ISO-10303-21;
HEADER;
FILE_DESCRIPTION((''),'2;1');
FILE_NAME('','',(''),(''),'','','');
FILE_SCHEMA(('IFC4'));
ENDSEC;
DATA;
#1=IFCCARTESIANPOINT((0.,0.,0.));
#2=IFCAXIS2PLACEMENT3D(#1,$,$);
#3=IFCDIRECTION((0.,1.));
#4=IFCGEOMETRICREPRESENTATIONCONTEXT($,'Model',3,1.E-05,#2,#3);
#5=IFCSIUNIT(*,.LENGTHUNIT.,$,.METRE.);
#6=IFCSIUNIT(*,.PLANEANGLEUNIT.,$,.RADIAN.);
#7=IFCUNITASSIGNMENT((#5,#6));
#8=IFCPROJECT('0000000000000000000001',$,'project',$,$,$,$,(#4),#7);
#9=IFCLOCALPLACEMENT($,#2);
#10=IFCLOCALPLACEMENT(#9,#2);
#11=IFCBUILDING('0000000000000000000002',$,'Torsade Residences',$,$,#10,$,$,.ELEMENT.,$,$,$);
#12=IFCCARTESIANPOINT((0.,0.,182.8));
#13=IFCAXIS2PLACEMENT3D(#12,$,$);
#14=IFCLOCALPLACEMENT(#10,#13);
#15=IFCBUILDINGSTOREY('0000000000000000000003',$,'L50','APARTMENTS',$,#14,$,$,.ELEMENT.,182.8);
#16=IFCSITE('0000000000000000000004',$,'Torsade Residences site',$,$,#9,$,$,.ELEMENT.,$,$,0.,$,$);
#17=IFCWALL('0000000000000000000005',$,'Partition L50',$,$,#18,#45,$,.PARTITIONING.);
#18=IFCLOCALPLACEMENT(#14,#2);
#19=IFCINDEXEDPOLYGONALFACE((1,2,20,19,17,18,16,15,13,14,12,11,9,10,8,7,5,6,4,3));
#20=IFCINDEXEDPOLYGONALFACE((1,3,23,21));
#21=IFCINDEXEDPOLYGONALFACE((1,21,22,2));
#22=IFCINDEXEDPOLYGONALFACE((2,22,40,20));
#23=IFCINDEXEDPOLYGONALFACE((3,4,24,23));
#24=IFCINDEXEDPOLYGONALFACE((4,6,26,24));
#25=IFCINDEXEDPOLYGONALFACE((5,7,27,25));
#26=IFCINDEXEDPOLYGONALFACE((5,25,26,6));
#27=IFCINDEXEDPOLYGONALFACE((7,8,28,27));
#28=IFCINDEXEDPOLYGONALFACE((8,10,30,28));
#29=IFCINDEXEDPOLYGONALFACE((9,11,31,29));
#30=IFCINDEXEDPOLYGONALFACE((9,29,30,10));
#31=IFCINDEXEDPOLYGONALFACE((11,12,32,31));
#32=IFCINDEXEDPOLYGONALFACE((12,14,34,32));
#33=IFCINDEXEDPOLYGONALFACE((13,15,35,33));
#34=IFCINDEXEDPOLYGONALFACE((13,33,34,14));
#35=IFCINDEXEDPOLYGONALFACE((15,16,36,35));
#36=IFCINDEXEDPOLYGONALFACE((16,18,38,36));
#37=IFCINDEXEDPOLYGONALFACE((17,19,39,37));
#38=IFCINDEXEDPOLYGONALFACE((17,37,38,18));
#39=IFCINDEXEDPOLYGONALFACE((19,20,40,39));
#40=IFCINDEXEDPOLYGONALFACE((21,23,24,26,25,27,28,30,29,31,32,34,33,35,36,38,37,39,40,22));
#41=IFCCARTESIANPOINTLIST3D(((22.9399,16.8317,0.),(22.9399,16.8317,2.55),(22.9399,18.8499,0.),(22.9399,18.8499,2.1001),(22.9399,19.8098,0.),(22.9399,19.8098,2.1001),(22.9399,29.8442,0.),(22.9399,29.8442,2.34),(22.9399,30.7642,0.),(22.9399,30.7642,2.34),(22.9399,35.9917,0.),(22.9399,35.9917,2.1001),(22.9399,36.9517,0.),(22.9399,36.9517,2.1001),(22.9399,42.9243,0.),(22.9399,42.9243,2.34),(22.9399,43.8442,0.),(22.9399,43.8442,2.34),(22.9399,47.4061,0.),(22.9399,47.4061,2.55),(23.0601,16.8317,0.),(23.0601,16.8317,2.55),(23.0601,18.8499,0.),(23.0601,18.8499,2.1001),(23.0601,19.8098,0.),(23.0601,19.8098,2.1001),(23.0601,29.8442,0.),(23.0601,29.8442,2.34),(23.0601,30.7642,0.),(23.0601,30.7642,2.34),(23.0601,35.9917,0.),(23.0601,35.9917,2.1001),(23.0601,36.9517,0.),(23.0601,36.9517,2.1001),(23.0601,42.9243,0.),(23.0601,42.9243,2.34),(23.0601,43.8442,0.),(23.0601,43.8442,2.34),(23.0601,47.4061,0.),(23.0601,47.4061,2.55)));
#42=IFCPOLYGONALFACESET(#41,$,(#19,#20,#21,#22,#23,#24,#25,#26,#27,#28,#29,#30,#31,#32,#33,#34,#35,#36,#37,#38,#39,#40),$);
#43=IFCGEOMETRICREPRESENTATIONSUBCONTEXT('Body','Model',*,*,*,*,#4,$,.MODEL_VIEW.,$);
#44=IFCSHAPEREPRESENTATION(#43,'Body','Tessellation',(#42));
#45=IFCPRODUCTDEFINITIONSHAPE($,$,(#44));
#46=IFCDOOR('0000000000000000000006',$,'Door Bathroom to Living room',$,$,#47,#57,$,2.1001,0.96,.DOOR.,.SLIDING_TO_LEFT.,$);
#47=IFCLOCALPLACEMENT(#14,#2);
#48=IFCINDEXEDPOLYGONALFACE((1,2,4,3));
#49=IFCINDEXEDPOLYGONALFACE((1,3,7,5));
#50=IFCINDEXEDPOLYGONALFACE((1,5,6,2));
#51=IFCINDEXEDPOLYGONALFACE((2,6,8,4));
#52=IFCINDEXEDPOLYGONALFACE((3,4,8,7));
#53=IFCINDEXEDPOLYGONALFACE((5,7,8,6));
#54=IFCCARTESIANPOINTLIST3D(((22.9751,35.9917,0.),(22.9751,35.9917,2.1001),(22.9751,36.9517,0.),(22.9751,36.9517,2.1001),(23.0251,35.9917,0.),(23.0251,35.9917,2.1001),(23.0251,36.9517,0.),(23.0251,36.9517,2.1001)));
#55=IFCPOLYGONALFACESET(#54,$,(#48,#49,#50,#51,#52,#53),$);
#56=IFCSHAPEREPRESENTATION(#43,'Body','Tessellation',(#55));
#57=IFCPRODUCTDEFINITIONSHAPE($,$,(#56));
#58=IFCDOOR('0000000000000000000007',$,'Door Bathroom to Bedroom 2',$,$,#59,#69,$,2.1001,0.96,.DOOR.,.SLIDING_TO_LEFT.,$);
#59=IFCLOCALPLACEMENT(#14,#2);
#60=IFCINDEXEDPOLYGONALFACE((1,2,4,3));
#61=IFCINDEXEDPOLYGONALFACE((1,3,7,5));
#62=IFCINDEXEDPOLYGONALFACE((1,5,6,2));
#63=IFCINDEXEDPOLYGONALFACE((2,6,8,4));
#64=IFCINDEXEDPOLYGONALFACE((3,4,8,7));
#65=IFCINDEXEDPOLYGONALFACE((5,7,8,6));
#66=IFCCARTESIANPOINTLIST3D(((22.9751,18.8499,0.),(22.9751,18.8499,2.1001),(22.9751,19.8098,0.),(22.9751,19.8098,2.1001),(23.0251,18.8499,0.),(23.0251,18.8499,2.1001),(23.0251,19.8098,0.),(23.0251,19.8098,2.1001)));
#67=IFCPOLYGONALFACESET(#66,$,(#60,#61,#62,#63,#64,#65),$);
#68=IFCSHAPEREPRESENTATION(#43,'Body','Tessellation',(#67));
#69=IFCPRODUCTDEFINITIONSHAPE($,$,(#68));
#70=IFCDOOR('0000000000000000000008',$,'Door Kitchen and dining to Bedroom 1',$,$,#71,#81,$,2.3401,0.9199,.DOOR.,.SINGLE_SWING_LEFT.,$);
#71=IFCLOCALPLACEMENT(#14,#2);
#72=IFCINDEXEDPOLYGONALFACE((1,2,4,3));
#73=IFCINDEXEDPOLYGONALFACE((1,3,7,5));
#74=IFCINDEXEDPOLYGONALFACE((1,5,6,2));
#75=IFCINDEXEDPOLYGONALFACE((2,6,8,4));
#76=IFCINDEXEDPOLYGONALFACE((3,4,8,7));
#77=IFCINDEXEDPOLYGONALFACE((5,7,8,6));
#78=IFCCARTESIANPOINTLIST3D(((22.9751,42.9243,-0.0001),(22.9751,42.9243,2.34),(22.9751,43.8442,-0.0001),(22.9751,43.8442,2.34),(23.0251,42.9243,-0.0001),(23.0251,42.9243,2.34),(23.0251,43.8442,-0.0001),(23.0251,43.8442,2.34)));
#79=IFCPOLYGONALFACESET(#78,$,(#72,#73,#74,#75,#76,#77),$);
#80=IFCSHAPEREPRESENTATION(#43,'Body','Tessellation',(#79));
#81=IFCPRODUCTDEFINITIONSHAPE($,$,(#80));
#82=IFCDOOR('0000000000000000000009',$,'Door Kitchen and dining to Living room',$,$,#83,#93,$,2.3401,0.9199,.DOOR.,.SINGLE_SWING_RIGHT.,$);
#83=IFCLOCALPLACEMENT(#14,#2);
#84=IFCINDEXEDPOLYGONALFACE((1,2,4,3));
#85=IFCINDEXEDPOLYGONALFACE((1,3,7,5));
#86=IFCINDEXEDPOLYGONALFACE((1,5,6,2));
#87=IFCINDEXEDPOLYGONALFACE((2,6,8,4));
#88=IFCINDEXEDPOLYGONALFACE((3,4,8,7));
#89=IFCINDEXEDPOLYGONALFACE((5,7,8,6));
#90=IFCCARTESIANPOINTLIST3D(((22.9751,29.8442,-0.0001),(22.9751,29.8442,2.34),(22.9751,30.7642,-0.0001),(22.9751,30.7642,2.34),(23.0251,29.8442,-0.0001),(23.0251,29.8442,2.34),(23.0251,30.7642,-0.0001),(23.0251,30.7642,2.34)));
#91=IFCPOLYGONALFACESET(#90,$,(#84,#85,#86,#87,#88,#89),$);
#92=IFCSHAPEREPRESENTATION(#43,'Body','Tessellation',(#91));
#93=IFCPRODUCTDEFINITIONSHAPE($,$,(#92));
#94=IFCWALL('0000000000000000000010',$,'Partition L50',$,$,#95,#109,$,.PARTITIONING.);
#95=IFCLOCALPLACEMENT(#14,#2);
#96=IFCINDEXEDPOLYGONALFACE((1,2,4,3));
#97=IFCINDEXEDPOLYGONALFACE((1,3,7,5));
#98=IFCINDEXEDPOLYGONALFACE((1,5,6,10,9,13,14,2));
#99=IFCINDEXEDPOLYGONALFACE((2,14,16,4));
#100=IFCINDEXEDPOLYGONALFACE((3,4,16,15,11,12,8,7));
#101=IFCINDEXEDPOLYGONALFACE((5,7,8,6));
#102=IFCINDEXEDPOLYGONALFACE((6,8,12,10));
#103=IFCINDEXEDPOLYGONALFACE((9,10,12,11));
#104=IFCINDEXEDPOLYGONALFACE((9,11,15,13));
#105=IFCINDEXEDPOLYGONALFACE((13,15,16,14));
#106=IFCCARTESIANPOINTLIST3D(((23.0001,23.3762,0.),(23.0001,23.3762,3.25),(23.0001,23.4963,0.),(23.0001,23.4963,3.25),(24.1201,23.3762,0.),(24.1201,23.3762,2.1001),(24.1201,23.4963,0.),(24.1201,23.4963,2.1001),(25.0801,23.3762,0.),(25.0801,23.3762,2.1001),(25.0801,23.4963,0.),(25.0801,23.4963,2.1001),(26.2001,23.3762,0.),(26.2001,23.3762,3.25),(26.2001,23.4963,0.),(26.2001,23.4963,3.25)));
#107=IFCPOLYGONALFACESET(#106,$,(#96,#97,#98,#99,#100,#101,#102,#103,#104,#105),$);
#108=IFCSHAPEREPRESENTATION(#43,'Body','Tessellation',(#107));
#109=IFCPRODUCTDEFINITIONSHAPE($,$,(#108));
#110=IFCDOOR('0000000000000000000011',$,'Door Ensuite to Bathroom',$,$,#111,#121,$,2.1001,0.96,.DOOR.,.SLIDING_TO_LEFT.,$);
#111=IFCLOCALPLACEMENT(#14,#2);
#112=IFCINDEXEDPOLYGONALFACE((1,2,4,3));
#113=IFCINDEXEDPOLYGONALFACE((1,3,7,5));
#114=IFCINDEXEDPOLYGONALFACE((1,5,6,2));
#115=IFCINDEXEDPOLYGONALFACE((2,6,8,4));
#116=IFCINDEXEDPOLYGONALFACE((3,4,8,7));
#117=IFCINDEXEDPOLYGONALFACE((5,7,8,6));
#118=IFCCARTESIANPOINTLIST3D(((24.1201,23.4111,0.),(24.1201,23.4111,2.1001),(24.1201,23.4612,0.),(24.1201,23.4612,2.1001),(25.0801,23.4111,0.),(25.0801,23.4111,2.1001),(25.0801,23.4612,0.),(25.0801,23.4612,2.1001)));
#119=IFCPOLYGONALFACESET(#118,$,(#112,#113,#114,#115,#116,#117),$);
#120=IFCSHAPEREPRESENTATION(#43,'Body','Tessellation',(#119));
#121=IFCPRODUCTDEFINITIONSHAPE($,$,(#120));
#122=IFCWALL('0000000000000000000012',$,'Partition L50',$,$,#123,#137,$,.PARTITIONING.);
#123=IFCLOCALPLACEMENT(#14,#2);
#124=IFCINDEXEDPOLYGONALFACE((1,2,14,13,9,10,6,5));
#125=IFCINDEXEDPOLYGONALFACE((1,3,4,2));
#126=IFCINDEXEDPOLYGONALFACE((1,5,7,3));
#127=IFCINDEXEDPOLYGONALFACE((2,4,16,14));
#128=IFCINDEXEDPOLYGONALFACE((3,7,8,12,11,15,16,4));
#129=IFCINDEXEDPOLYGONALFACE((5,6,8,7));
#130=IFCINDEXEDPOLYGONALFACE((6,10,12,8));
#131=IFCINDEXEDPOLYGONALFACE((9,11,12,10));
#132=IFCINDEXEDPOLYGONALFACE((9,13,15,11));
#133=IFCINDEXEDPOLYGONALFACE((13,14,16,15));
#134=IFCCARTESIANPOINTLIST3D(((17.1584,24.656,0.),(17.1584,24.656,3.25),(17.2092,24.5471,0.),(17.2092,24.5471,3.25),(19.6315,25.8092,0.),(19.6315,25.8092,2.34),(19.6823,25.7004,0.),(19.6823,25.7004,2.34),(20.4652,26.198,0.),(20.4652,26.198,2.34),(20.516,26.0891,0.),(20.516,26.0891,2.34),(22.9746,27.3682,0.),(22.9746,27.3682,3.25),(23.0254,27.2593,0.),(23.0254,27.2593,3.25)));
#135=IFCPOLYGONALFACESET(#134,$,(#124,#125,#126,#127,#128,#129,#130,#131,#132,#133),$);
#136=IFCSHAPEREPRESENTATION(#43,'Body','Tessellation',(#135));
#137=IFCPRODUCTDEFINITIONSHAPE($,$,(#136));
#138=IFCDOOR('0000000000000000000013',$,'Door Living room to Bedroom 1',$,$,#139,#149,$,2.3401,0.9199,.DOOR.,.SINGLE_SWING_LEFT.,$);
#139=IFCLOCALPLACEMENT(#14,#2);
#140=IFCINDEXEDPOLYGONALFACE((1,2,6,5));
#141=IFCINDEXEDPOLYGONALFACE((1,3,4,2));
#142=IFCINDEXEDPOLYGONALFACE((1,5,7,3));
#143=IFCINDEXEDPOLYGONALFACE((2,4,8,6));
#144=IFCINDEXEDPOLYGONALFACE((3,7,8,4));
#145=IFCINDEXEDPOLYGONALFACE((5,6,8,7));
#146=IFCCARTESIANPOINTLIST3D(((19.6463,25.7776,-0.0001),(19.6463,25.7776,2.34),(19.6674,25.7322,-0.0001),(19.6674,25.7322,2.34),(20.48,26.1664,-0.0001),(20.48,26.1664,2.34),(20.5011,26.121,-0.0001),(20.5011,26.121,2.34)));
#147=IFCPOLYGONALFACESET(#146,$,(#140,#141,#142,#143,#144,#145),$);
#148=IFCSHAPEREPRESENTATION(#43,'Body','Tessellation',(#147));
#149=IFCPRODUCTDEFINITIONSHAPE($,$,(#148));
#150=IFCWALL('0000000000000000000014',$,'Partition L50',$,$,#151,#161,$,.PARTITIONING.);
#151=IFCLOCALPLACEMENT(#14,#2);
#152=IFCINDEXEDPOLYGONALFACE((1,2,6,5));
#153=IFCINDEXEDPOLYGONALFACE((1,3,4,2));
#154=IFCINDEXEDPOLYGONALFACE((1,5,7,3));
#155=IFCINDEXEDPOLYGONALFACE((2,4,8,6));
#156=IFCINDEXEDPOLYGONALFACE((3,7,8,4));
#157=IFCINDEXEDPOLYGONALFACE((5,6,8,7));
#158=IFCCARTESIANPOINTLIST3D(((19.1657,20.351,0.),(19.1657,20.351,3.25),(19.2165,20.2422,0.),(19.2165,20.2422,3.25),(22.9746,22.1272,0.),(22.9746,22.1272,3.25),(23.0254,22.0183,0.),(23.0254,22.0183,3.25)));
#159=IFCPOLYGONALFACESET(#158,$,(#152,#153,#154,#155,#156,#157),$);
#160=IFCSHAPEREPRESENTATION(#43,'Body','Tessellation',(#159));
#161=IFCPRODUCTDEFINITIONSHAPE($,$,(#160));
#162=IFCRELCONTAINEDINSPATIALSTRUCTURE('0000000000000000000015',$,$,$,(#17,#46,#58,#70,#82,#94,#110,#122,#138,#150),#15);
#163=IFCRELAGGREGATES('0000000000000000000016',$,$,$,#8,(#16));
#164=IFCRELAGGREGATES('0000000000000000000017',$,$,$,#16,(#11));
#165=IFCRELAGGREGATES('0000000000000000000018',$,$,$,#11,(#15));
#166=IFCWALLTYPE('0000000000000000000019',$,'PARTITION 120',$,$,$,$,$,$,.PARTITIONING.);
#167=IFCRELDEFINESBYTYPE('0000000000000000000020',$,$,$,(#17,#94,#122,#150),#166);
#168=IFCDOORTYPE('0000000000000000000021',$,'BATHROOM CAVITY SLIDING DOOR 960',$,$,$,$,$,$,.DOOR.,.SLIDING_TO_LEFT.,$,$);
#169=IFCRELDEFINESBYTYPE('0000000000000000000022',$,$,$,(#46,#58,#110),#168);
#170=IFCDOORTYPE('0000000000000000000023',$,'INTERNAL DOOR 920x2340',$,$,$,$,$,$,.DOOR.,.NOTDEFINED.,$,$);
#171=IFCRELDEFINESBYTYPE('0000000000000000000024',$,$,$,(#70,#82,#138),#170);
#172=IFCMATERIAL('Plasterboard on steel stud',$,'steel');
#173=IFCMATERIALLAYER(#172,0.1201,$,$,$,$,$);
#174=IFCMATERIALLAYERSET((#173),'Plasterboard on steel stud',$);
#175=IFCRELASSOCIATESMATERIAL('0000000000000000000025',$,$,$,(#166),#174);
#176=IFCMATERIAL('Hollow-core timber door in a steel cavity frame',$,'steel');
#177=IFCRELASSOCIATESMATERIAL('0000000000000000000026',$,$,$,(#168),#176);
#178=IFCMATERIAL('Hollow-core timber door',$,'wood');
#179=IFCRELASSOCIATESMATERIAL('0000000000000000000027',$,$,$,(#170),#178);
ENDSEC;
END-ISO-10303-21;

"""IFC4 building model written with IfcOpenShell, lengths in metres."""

from ifc_helpers import new_model, si_unit, direction, frame, frame_2d, origin, place, context, subcontext, project, spatial, rectangle, extrude, material, layer, layer_set, type_object, element, fill, save


model = new_model("IFC4")

# Units and contexts
model_context = context("Model", 3, precision=1e-05, world=origin(), true_north=direction((0.0, 1.0)))
body_context = subcontext(model_context, "Body", "Model", "MODEL_VIEW")
ifc_project = project(units=[si_unit("LENGTHUNIT", "METRE"), si_unit("PLANEANGLEUNIT", "RADIAN")], contexts=[model_context])

# Site, building, storey
site_placement = place(None, origin())
site = spatial("IfcSite", under=ifc_project, at=site_placement, Name="Torsade Residences site", CompositionType="ELEMENT", RefElevation=0.0)
building_placement = place(site_placement, origin())
building = spatial("IfcBuilding", under=site, at=building_placement, Name="Torsade Residences", CompositionType="ELEMENT")
storey_placement = place(building_placement, frame((0.0, 0.0, 182.8)))
storey = spatial("IfcBuildingStorey", under=building, at=storey_placement, Name="L50", Description="APARTMENTS", CompositionType="ELEMENT", Elevation=182.8)

# Wall, openings, doors
ifc_material_1 = material(Name="Plasterboard on steel stud", Category="steel")
ifc_layer_1 = layer(ifc_material_1, 0.1201)
ifc_layer_set_1 = layer_set([ifc_layer_1], Name="Plasterboard on steel stud")
wall_type_1 = type_object("IfcWallType", Name="PARTITION 120", PredefinedType="PARTITIONING", material=ifc_layer_set_1)
wall_1_placement = place(storey_placement, frame((23.0, 16.8318, 0.0), z_axis=(0.0, 0.0, 1.0), x_axis=(0.0, 1.0, 0.0)))
wall_1 = element("IfcWall", 1, at=wall_1_placement, inside=storey, type_object=wall_type_1, Name="Partition L50", PredefinedType="PARTITIONING", context=body_context, shape_type="SweptSolid", body=[
    extrude(rectangle(XDim=30.5745, YDim=0.1201, at=frame_2d((15.2871, 0.0))), origin(), (0.0, 0.0, 1.0), 2.55),
])
opening_1_placement = place(wall_1_placement, frame((26.0925, 0.0, 0.0)))
opening_1 = element("IfcOpeningElement", 2, at=opening_1_placement, cuts=wall_1, PredefinedType="OPENING", context=body_context, shape_type="SweptSolid", body=[
    extrude(rectangle(XDim=0.9199, YDim=2.3401, at=frame_2d((0.46, 1.1699))), frame((0.0, 0.0701, 0.0), z_axis=(0.0, -1.0, 0.0), x_axis=(1.0, 0.0, 0.0)), (0.0, 0.0, 1.0), 0.1401),
])
opening_2_placement = place(wall_1_placement, frame((13.0125, 0.0, 0.0)))
opening_2 = element("IfcOpeningElement", 3, at=opening_2_placement, cuts=wall_1, PredefinedType="OPENING", context=body_context, shape_type="SweptSolid", body=[
    extrude(rectangle(XDim=0.9199, YDim=2.3401, at=frame_2d((0.46, 1.1699))), frame((0.0, 0.0701, 0.0), z_axis=(0.0, -1.0, 0.0), x_axis=(1.0, 0.0, 0.0)), (0.0, 0.0, 1.0), 0.1401),
])
opening_3_placement = place(wall_1_placement, frame((19.1599, 0.0, 0.0)))
opening_3 = element("IfcOpeningElement", 4, at=opening_3_placement, cuts=wall_1, PredefinedType="OPENING", context=body_context, shape_type="SweptSolid", body=[
    extrude(rectangle(XDim=0.96, YDim=2.1001, at=frame_2d((0.48, 1.05))), frame((0.0, 0.0701, 0.0), z_axis=(0.0, -1.0, 0.0), x_axis=(1.0, 0.0, 0.0)), (0.0, 0.0, 1.0), 0.1401),
])
opening_4_placement = place(wall_1_placement, frame((2.0181, 0.0, 0.0)))
opening_4 = element("IfcOpeningElement", 5, at=opening_4_placement, cuts=wall_1, PredefinedType="OPENING", context=body_context, shape_type="SweptSolid", body=[
    extrude(rectangle(XDim=0.96, YDim=2.1001, at=frame_2d((0.48, 1.05))), frame((0.0, 0.0701, 0.0), z_axis=(0.0, -1.0, 0.0), x_axis=(1.0, 0.0, 0.0)), (0.0, 0.0, 1.0), 0.1401),
])
ifc_material_2 = material(Name="Hollow-core timber door in a steel cavity frame", Category="steel")
door_type_1 = type_object("IfcDoorType", Name="BATHROOM CAVITY SLIDING DOOR 960", OperationType="SLIDING_TO_LEFT", PredefinedType="DOOR", material=ifc_material_2)
door_1_placement = place(opening_3_placement, origin())
door_1 = element("IfcDoor", 6, at=door_1_placement, inside=storey, type_object=door_type_1, Name="Door Bathroom to Living room", OperationType="SLIDING_TO_LEFT", OverallHeight=2.1001, OverallWidth=0.96, PredefinedType="DOOR", context=body_context, shape_type="SweptSolid", body=[
    extrude(rectangle(XDim=0.96, YDim=2.1001, at=frame_2d((0.48, 1.05))), frame((0.0, 0.0249, 0.0), z_axis=(0.0, -1.0, 0.0), x_axis=(1.0, 0.0, 0.0)), (0.0, 0.0, 1.0), 0.05),
])
fill(opening_3, door_1)
door_2_placement = place(opening_4_placement, origin())
door_2 = element("IfcDoor", 7, at=door_2_placement, inside=storey, type_object=door_type_1, Name="Door Bathroom to Bedroom 2", OperationType="SLIDING_TO_LEFT", OverallHeight=2.1001, OverallWidth=0.96, PredefinedType="DOOR", context=body_context, shape_type="SweptSolid", body=[
    extrude(rectangle(XDim=0.96, YDim=2.1001, at=frame_2d((0.48, 1.05))), frame((0.0, 0.0249, 0.0), z_axis=(0.0, -1.0, 0.0), x_axis=(1.0, 0.0, 0.0)), (0.0, 0.0, 1.0), 0.05),
])
fill(opening_4, door_2)
ifc_material_3 = material(Name="Hollow-core timber door", Category="wood")
door_type_2 = type_object("IfcDoorType", Name="INTERNAL DOOR 920x2340", OperationType="NOTDEFINED", PredefinedType="DOOR", material=ifc_material_3)
door_3_placement = place(opening_1_placement, origin())
door_3 = element("IfcDoor", 8, at=door_3_placement, inside=storey, type_object=door_type_2, Name="Door Kitchen and dining to Bedroom 1", OperationType="SINGLE_SWING_LEFT", OverallHeight=2.3401, OverallWidth=0.9199, PredefinedType="DOOR", context=body_context, shape_type="SweptSolid", body=[
    extrude(rectangle(XDim=0.9199, YDim=2.3401, at=frame_2d((0.46, 1.1699))), frame((0.0, 0.0249, 0.0), z_axis=(0.0, -1.0, 0.0), x_axis=(1.0, 0.0, 0.0)), (0.0, 0.0, 1.0), 0.05),
])
fill(opening_1, door_3)
door_4_placement = place(opening_2_placement, origin())
door_4 = element("IfcDoor", 9, at=door_4_placement, inside=storey, type_object=door_type_2, Name="Door Kitchen and dining to Living room", OperationType="SINGLE_SWING_RIGHT", OverallHeight=2.3401, OverallWidth=0.9199, PredefinedType="DOOR", context=body_context, shape_type="SweptSolid", body=[
    extrude(rectangle(XDim=0.9199, YDim=2.3401, at=frame_2d((0.46, 1.1699))), frame((0.0, 0.0249, 0.0), z_axis=(0.0, -1.0, 0.0), x_axis=(1.0, 0.0, 0.0)), (0.0, 0.0, 1.0), 0.05),
])
fill(opening_2, door_4)

# Walls, openings, doors
wall_2_placement = place(storey_placement, frame((23.0, 23.4363, 0.0), z_axis=(0.0, 0.0, 1.0), x_axis=(1.0, 0.0, 0.0)))
wall_2 = element("IfcWall", 10, at=wall_2_placement, inside=storey, type_object=wall_type_1, Name="Partition L50", PredefinedType="PARTITIONING", context=body_context, shape_type="SweptSolid", body=[
    extrude(rectangle(XDim=3.2, YDim=0.1201, at=frame_2d((1.6001, 0.0))), origin(), (0.0, 0.0, 1.0), 3.25),
])
opening_5_placement = place(wall_2_placement, frame((1.1201, 0.0, 0.0)))
opening_5 = element("IfcOpeningElement", 11, at=opening_5_placement, cuts=wall_2, PredefinedType="OPENING", context=body_context, shape_type="SweptSolid", body=[
    extrude(rectangle(XDim=0.96, YDim=2.1001, at=frame_2d((0.48, 1.05))), frame((0.0, 0.0701, 0.0), z_axis=(0.0, -1.0, 0.0), x_axis=(1.0, 0.0, 0.0)), (0.0, 0.0, 1.0), 0.1401),
])
door_5_placement = place(opening_5_placement, origin())
door_5 = element("IfcDoor", 12, at=door_5_placement, inside=storey, type_object=door_type_1, Name="Door Ensuite to Bathroom", OperationType="SLIDING_TO_LEFT", OverallHeight=2.1001, OverallWidth=0.96, PredefinedType="DOOR", context=body_context, shape_type="SweptSolid", body=[
    extrude(rectangle(XDim=0.96, YDim=2.1001, at=frame_2d((0.48, 1.05))), frame((0.0, 0.0249, 0.0), z_axis=(0.0, -1.0, 0.0), x_axis=(1.0, 0.0, 0.0)), (0.0, 0.0, 1.0), 0.05),
])
fill(opening_5, door_5)
wall_3_placement = place(storey_placement, frame((23.0, 27.3137, 0.0), z_axis=(0.0, 0.0, 1.0), x_axis=(-0.906306, -0.422623, 0.0)))
wall_3 = element("IfcWall", 13, at=wall_3_placement, inside=storey, type_object=wall_type_1, Name="Partition L50", PredefinedType="PARTITIONING", context=body_context, shape_type="SweptSolid", body=[
    extrude(rectangle(XDim=6.4175, YDim=0.1201, at=frame_2d((3.2087, 0.0))), origin(), (0.0, 0.0, 1.0), 3.25),
])
opening_6_placement = place(wall_3_placement, frame((2.7688, 0.0, 0.0)))
opening_6 = element("IfcOpeningElement", 14, at=opening_6_placement, cuts=wall_3, PredefinedType="OPENING", context=body_context, shape_type="SweptSolid", body=[
    extrude(rectangle(XDim=0.9199, YDim=2.3401, at=frame_2d((0.46, 1.1699))), frame((0.0, 0.0701, 0.0), z_axis=(0.0, -1.0, 0.0), x_axis=(1.0, 0.0, 0.0)), (0.0, 0.0, 1.0), 0.1401),
])
door_6_placement = place(opening_6_placement, origin())
door_6 = element("IfcDoor", 15, at=door_6_placement, inside=storey, type_object=door_type_2, Name="Door Living room to Bedroom 1", OperationType="SINGLE_SWING_LEFT", OverallHeight=2.3401, OverallWidth=0.9199, PredefinedType="DOOR", context=body_context, shape_type="SweptSolid", body=[
    extrude(rectangle(XDim=0.9199, YDim=2.3401, at=frame_2d((0.46, 1.1699))), frame((0.0, 0.0249, 0.0), z_axis=(0.0, -1.0, 0.0), x_axis=(1.0, 0.0, 0.0)), (0.0, 0.0, 1.0), 0.05),
])
fill(opening_6, door_6)

# Wall
wall_4_placement = place(storey_placement, frame((23.0, 22.0728, 0.0), z_axis=(0.0, 0.0, 1.0), x_axis=(-0.906305, -0.422625, 0.0)))
element("IfcWall", 16, at=wall_4_placement, inside=storey, type_object=wall_type_1, Name="Partition L50", PredefinedType="PARTITIONING", context=body_context, shape_type="SweptSolid", body=[
    extrude(rectangle(XDim=4.2026, YDim=0.1201, at=frame_2d((2.1013, 0.0))), origin(), (0.0, 0.0, 1.0), 3.25),
])

save(model, "model.ifc")
